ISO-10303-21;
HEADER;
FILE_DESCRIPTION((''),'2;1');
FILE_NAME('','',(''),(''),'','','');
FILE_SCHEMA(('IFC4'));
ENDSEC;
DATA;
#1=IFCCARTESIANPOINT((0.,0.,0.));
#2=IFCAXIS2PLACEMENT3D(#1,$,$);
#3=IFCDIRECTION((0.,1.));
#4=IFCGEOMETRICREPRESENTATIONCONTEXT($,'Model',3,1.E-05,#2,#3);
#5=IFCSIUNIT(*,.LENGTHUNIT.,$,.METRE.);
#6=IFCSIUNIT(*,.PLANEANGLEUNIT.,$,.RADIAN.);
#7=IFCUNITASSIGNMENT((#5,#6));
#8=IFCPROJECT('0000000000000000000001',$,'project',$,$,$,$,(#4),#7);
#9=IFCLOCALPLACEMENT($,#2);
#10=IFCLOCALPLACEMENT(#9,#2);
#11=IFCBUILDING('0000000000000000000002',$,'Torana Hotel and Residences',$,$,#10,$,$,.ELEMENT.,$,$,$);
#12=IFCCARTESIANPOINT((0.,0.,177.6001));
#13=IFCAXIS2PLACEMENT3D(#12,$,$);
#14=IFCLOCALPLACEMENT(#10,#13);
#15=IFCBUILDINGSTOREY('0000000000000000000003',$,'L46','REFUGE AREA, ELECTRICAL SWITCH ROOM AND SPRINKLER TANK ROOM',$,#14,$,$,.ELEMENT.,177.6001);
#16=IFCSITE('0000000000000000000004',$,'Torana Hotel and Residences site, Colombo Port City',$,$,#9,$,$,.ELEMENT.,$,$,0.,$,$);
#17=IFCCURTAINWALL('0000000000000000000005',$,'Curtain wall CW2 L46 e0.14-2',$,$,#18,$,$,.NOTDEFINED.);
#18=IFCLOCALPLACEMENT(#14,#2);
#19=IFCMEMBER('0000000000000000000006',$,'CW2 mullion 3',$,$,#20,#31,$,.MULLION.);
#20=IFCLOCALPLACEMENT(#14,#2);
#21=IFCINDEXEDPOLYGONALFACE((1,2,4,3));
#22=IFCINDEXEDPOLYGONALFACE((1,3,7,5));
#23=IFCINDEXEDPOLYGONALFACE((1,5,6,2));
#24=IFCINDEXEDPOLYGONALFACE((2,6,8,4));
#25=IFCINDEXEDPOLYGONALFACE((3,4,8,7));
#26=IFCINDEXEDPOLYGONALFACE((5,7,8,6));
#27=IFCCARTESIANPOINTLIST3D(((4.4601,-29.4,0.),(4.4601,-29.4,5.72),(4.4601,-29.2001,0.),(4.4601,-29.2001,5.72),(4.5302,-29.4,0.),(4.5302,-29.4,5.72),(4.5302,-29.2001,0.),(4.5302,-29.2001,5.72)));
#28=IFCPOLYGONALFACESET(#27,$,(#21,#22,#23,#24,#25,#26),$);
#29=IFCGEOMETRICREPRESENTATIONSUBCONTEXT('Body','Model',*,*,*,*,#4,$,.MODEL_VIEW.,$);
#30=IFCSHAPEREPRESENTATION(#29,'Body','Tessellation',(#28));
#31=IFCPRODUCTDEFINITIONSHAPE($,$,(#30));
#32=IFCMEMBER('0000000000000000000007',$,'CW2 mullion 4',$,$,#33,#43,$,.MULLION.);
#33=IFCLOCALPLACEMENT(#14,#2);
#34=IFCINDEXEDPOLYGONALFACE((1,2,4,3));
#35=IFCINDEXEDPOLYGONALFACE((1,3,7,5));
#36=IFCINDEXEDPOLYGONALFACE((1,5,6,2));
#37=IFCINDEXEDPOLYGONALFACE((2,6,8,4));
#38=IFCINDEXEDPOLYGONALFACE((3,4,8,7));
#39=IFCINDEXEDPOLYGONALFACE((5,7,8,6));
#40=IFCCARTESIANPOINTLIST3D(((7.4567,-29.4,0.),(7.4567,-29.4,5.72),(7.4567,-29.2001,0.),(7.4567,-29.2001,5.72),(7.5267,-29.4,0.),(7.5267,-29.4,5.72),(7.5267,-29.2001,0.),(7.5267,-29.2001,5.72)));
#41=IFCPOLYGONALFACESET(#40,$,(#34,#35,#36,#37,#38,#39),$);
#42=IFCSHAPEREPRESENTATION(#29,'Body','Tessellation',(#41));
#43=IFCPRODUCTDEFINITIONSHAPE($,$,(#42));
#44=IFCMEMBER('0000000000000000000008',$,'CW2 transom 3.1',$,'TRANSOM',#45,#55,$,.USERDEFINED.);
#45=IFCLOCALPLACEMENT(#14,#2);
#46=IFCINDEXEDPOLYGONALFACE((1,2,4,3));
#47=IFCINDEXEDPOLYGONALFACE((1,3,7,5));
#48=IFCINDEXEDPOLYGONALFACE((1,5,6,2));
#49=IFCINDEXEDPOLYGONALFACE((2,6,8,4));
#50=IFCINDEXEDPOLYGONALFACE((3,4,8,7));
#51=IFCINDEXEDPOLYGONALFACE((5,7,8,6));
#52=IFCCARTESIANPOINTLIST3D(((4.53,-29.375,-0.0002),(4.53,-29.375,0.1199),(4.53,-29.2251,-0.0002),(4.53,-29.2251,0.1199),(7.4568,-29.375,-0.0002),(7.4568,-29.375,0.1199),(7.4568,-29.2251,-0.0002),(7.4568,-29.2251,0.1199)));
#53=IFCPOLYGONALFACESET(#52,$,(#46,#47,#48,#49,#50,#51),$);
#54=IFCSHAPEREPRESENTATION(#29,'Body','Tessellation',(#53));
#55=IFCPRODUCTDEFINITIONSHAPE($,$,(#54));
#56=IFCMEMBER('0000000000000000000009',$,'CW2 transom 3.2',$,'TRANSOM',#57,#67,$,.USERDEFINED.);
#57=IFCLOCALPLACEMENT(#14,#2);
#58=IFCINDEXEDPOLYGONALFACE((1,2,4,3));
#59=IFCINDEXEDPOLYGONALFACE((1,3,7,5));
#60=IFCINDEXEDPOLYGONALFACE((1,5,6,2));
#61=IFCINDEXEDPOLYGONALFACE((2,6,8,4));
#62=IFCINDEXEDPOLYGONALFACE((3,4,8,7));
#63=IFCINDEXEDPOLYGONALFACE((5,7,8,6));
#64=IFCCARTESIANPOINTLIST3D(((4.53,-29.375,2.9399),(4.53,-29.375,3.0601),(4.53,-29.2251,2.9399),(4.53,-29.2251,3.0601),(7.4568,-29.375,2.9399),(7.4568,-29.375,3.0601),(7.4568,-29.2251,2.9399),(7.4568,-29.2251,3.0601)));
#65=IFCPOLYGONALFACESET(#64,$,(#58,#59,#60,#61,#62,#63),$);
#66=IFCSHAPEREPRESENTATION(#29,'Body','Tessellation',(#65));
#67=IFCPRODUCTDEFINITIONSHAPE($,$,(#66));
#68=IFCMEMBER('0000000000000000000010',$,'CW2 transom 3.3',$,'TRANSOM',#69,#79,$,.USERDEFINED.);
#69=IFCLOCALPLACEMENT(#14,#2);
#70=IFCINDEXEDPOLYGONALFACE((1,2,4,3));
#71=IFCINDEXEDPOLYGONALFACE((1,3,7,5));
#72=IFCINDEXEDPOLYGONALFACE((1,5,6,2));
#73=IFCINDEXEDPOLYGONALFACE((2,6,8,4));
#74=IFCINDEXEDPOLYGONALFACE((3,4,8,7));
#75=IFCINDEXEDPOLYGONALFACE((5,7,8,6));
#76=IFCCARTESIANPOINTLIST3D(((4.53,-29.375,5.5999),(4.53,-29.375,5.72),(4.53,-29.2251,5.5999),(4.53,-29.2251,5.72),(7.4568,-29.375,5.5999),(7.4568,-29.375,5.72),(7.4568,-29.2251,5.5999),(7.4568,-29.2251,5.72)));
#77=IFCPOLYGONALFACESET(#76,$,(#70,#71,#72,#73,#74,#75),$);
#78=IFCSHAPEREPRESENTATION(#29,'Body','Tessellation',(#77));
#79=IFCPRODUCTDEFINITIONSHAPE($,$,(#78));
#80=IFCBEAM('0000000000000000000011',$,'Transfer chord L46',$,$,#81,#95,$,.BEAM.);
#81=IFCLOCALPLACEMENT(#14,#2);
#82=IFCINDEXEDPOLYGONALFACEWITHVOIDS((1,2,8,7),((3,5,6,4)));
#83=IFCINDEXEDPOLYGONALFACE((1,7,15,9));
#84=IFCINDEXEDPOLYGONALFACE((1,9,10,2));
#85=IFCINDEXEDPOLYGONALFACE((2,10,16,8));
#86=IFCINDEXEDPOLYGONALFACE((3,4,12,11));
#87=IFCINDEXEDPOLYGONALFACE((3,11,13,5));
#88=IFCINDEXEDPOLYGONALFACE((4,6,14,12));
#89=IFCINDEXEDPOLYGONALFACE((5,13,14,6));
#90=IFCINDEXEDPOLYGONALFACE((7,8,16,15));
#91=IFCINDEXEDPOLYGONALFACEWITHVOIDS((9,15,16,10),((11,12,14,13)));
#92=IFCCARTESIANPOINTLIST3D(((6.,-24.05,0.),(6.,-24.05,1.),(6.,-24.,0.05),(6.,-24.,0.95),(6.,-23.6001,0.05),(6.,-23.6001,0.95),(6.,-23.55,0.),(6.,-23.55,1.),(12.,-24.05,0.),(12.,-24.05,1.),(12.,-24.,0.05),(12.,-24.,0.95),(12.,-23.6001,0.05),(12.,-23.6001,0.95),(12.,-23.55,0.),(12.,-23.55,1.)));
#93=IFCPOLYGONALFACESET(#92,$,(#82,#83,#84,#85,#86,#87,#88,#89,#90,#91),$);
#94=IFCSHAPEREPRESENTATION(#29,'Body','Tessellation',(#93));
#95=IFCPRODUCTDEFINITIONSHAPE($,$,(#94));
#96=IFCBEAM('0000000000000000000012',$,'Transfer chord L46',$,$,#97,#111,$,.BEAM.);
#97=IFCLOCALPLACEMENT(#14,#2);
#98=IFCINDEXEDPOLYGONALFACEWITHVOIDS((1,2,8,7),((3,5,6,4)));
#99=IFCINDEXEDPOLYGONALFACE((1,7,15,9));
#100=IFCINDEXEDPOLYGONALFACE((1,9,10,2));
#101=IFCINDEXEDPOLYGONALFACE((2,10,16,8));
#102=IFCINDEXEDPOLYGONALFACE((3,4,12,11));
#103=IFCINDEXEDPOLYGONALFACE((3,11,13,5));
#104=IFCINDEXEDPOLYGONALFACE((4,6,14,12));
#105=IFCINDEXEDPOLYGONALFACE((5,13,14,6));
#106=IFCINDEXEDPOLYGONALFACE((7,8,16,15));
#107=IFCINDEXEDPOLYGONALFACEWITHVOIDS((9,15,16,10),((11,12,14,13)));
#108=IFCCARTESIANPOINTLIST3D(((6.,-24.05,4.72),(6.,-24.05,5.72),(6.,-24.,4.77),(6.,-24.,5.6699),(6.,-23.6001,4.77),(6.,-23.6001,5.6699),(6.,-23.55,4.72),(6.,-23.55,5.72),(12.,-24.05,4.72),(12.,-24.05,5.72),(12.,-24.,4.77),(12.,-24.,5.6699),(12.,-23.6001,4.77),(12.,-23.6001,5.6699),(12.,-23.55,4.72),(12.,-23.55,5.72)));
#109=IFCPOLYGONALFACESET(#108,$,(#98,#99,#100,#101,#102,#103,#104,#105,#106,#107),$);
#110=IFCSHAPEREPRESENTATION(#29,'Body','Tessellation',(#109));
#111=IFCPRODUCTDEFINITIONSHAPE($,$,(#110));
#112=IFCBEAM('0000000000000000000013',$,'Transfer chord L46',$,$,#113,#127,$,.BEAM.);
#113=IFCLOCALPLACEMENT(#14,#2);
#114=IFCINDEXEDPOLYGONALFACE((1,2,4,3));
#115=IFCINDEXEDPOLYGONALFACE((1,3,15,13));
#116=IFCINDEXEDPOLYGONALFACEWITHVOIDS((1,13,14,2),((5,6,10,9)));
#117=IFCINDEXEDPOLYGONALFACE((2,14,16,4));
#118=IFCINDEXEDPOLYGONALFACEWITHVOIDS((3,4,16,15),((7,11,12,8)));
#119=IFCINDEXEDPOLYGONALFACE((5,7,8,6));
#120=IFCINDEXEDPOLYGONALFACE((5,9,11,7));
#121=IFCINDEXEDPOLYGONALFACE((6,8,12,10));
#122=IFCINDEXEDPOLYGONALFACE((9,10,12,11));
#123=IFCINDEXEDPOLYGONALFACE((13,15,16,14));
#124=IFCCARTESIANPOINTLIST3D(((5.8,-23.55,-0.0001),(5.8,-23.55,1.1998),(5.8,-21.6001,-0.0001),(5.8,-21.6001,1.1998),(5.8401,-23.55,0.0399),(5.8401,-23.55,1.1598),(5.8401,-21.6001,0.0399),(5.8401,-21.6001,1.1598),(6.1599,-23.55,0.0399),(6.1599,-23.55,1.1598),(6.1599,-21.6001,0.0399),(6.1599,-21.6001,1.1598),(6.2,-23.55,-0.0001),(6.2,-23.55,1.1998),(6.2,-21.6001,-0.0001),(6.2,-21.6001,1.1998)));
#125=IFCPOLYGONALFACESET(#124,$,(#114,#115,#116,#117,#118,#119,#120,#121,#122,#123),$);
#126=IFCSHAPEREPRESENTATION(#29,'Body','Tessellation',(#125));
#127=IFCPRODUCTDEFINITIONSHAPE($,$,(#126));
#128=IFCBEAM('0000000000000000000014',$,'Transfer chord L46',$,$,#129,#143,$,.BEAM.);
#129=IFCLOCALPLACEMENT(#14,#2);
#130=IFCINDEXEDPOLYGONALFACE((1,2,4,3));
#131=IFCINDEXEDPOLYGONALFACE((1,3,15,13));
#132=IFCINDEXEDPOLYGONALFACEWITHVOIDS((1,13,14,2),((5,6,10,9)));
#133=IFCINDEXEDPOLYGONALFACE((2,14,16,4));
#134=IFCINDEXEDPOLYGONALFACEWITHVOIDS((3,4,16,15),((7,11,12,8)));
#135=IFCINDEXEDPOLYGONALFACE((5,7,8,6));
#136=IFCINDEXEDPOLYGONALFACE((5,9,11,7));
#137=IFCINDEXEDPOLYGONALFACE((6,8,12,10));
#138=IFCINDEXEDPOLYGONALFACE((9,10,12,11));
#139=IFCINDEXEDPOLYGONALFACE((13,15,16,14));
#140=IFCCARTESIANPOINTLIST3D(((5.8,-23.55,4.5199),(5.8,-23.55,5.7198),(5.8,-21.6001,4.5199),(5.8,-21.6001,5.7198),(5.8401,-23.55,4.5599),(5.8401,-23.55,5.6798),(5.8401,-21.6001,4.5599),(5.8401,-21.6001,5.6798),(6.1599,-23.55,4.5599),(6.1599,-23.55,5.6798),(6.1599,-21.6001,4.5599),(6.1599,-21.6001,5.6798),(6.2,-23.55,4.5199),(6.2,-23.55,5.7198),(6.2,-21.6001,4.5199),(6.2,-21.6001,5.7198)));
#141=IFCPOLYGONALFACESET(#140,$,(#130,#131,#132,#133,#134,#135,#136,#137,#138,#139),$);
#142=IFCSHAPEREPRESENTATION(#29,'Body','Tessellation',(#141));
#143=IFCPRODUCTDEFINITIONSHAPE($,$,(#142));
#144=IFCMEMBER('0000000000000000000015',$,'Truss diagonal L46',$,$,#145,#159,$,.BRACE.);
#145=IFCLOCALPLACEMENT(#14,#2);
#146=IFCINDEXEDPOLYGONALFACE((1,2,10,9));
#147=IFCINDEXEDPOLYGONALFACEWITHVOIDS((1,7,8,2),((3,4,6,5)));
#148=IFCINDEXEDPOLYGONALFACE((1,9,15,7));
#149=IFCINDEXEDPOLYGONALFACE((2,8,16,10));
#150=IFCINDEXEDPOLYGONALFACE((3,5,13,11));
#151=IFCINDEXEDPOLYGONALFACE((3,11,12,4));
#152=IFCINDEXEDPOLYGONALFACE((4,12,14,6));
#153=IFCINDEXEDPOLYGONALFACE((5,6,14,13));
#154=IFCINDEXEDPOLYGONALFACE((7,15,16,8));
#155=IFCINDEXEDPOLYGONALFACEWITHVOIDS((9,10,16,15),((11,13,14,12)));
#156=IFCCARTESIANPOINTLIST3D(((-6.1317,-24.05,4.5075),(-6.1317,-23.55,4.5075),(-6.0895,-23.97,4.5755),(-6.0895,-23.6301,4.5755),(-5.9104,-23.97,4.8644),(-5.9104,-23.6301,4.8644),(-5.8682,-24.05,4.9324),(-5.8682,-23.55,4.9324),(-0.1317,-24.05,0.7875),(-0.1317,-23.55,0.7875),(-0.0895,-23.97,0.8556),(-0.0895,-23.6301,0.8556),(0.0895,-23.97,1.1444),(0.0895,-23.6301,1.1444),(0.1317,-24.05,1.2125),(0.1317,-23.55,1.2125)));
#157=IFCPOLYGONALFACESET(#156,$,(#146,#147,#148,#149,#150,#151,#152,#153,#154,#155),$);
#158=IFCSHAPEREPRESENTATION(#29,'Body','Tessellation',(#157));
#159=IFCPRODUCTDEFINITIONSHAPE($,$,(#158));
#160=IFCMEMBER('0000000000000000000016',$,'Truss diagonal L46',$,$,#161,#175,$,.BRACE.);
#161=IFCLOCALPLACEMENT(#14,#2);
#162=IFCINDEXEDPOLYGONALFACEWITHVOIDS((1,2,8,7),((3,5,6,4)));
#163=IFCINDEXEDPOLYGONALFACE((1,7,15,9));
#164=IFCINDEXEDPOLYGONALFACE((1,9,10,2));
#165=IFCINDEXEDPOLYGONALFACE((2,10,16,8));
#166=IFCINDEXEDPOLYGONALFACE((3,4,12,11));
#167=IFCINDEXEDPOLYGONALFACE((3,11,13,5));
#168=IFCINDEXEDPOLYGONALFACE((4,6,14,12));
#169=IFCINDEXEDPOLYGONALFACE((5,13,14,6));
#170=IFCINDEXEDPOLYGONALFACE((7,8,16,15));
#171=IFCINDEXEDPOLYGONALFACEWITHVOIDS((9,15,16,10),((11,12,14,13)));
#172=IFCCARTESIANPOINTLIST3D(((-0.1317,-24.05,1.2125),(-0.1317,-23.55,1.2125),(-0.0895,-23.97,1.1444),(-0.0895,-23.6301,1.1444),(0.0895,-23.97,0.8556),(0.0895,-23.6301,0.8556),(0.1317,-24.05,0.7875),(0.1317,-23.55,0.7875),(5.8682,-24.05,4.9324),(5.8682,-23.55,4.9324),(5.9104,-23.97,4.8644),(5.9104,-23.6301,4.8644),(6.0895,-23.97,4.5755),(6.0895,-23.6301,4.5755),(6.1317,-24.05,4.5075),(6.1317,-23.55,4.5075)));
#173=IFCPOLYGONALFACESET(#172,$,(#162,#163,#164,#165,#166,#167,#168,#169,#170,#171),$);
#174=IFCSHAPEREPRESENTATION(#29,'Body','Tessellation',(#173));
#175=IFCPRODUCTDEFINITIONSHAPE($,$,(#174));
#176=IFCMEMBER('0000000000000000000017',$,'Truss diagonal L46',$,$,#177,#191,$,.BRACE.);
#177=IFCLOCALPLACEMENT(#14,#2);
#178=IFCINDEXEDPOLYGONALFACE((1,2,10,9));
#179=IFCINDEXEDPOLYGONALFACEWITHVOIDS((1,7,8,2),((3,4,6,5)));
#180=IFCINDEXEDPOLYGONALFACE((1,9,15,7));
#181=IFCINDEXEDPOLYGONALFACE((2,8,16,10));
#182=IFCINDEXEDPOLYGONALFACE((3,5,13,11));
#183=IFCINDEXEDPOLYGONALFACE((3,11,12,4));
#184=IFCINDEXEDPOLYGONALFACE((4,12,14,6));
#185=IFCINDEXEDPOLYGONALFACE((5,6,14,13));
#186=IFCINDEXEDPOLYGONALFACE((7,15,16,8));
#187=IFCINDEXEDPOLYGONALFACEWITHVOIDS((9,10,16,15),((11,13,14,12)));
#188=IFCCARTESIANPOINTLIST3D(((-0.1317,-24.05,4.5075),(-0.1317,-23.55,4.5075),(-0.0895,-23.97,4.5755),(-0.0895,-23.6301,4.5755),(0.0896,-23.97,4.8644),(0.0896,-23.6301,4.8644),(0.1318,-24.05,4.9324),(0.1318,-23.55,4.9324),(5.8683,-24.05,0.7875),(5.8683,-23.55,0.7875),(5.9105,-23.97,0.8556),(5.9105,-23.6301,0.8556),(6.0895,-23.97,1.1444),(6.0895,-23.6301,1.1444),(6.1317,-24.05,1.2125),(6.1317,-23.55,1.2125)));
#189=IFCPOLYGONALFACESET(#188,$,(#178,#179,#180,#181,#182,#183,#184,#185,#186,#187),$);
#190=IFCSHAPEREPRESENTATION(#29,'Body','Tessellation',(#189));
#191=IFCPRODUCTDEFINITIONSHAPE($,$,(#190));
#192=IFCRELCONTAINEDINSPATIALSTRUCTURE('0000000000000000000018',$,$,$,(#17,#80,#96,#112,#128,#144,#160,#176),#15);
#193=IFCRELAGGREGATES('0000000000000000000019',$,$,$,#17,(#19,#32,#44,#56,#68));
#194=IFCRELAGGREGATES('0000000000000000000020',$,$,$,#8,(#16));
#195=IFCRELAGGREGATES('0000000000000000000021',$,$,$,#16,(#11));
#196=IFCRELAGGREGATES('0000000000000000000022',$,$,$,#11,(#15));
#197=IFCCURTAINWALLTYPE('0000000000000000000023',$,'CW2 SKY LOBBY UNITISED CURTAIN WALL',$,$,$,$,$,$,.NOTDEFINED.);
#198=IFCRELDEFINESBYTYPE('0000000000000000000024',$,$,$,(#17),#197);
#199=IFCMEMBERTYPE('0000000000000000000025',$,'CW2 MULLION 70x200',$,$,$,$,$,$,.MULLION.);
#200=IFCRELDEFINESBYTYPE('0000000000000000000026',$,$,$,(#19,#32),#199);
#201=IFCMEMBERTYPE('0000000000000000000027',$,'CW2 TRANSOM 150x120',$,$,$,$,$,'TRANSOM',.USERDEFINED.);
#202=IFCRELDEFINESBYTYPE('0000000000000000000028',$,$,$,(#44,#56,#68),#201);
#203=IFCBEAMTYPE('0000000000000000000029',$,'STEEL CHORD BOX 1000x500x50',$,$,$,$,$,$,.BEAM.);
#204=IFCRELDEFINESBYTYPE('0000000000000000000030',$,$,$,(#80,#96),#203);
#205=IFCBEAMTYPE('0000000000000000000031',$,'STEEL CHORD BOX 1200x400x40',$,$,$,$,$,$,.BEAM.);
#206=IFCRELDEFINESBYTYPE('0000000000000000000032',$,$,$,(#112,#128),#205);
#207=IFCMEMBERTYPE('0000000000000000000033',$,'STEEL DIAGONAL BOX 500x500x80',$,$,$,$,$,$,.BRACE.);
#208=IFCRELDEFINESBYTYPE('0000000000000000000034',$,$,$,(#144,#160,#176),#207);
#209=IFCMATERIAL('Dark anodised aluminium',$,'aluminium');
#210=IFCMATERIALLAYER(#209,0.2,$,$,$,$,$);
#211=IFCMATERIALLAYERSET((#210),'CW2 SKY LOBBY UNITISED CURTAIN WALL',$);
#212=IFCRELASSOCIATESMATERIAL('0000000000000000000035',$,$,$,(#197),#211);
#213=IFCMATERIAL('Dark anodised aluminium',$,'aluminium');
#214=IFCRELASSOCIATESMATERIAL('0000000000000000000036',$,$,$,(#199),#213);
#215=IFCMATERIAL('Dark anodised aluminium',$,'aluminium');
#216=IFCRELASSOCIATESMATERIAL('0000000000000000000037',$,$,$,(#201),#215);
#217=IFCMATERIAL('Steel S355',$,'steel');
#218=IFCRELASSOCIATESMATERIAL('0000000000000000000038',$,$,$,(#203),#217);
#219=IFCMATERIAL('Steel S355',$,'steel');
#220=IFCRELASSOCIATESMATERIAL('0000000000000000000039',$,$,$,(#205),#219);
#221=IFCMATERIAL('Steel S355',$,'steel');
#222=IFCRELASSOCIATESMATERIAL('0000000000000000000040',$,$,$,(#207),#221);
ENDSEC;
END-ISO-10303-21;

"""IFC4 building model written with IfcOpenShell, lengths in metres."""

from ifc_helpers import new_model, si_unit, direction, frame, origin, origin_2d, place, context, subcontext, project, spatial, rectangle, hollow_rectangle, extrude, material, layer, layer_set, material_profile, profile_set, type_object, element, aggregate, save


model = new_model("IFC4")

# Units and contexts
model_context = context("Model", 3, precision=1e-05, world=origin(), true_north=direction((0.0, 1.0)))
body_context = subcontext(model_context, "Body", "Model", "MODEL_VIEW")
ifc_project = project(units=[si_unit("LENGTHUNIT", "METRE"), si_unit("PLANEANGLEUNIT", "RADIAN")], contexts=[model_context])

# Site, building, storey
site_placement = place(None, origin())
site = spatial("IfcSite", under=ifc_project, at=site_placement, Name="Torana Hotel and Residences site, Colombo Port City", CompositionType="ELEMENT", RefElevation=0.0)
building_placement = place(site_placement, origin())
building = spatial("IfcBuilding", under=site, at=building_placement, Name="Torana Hotel and Residences", CompositionType="ELEMENT")
storey_placement = place(building_placement, frame((0.0, 0.0, 177.6001)))
storey = spatial("IfcBuildingStorey", under=building, at=storey_placement, Name="L46", Description="REFUGE AREA, ELECTRICAL SWITCH ROOM AND SPRINKLER TANK ROOM", CompositionType="ELEMENT", Elevation=177.6001)

# Curtain wall, members
ifc_material_1 = material(Name="Dark anodised aluminium", Category="aluminium")
ifc_layer_1 = layer(ifc_material_1, 0.2)
ifc_layer_set_1 = layer_set([ifc_layer_1], Name="CW2 SKY LOBBY UNITISED CURTAIN WALL")
curtain_wall_type = type_object("IfcCurtainWallType", Name="CW2 SKY LOBBY UNITISED CURTAIN WALL", PredefinedType="NOTDEFINED", material=ifc_layer_set_1)
curtain_wall_placement = place(storey_placement, origin())
curtain_wall = element("IfcCurtainWall", 1, at=curtain_wall_placement, inside=storey, type_object=curtain_wall_type, Name="Curtain wall CW2 L46 e0.14-2", PredefinedType="NOTDEFINED")
ifc_material_2 = material(Name="Dark anodised aluminium", Category="aluminium")
ifc_material_profile_1 = material_profile(ifc_material_2, rectangle(XDim=0.2, YDim=0.0701, at=origin_2d()), Name="CW2 MULLION 70x200")
ifc_profile_set_1 = profile_set([ifc_material_profile_1], Name="Dark anodised aluminium")
member_type_1 = type_object("IfcMemberType", Name="CW2 MULLION 70x200", PredefinedType="MULLION", material=ifc_profile_set_1)
member_1_placement = place(storey_placement, frame((4.4951, -29.3, 0.0), z_axis=(0.0, 0.0, 1.0), x_axis=(0.0, 1.0, 0.0)))
member_1 = element("IfcMember", 2, at=member_1_placement, type_object=member_type_1, Name="CW2 mullion 3", PredefinedType="MULLION", context=body_context, shape_type="SweptSolid", body=[
    extrude(rectangle(XDim=0.2, YDim=0.0701, at=origin_2d()), origin(), (0.0, 0.0, 1.0), 5.72),
])
member_2_placement = place(storey_placement, frame((7.4917, -29.3, 0.0), z_axis=(0.0, 0.0, 1.0), x_axis=(0.0, 1.0, 0.0)))
member_2 = element("IfcMember", 3, at=member_2_placement, type_object=member_type_1, Name="CW2 mullion 4", PredefinedType="MULLION", context=body_context, shape_type="SweptSolid", body=[
    extrude(rectangle(XDim=0.2, YDim=0.0701, at=origin_2d()), origin(), (0.0, 0.0, 1.0), 5.72),
])
ifc_material_3 = material(Name="Dark anodised aluminium", Category="aluminium")
ifc_material_profile_2 = material_profile(ifc_material_3, rectangle(XDim=0.1499, YDim=0.1201, at=origin_2d()), Name="CW2 TRANSOM 150x120")
ifc_profile_set_2 = profile_set([ifc_material_profile_2], Name="Dark anodised aluminium")
member_type_2 = type_object("IfcMemberType", Name="CW2 TRANSOM 150x120", ElementType="TRANSOM", PredefinedType="USERDEFINED", material=ifc_profile_set_2)
member_3_placement = place(storey_placement, frame((4.53, -29.3, 0.0598), z_axis=(1.0, 0.0, 0.0), x_axis=(0.0, 1.0, 0.0)))
member_3 = element("IfcMember", 4, at=member_3_placement, type_object=member_type_2, Name="CW2 transom 3.1", ObjectType="TRANSOM", PredefinedType="USERDEFINED", context=body_context, shape_type="SweptSolid", body=[
    extrude(rectangle(XDim=0.1499, YDim=0.1201, at=origin_2d()), origin(), (0.0, 0.0, 1.0), 2.9268),
])
member_4_placement = place(storey_placement, frame((4.53, -29.3, 3.0), z_axis=(1.0, 0.0, 0.0), x_axis=(0.0, 1.0, 0.0)))
member_4 = element("IfcMember", 5, at=member_4_placement, type_object=member_type_2, Name="CW2 transom 3.2", ObjectType="TRANSOM", PredefinedType="USERDEFINED", context=body_context, shape_type="SweptSolid", body=[
    extrude(rectangle(XDim=0.1499, YDim=0.1201, at=origin_2d()), origin(), (0.0, 0.0, 1.0), 2.9268),
])
member_5_placement = place(storey_placement, frame((4.53, -29.3, 5.6599), z_axis=(1.0, 0.0, 0.0), x_axis=(0.0, 1.0, 0.0)))
member_5 = element("IfcMember", 6, at=member_5_placement, type_object=member_type_2, Name="CW2 transom 3.3", ObjectType="TRANSOM", PredefinedType="USERDEFINED", context=body_context, shape_type="SweptSolid", body=[
    extrude(rectangle(XDim=0.1499, YDim=0.1201, at=origin_2d()), origin(), (0.0, 0.0, 1.0), 2.9268),
])

# Beams
ifc_material_4 = material(Name="Steel S355", Category="steel")
ifc_material_profile_3 = material_profile(ifc_material_4, hollow_rectangle(XDim=0.5, YDim=1.0, WallThickness=0.05, at=origin_2d()), Name="BOX 1000x500x50")
ifc_profile_set_3 = profile_set([ifc_material_profile_3], Name="Steel S355")
beam_type_1 = type_object("IfcBeamType", Name="STEEL CHORD BOX 1000x500x50", PredefinedType="BEAM", material=ifc_profile_set_3)
for number, where, z_axis, x_axis, name in (
    (7, (6.0, -23.8, 0.5), (1.0, 0.0, 0.0), (0.0, 1.0, 0.0), "Transfer chord L46"),
    (8, (6.0, -23.8, 5.22), (1.0, 0.0, 0.0), (0.0, 1.0, 0.0), "Transfer chord L46"),
):
    element("IfcBeam", number, at=place(storey_placement, frame(where, z_axis=z_axis, x_axis=x_axis)), inside=storey, type_object=beam_type_1, Name=name, PredefinedType="BEAM", context=body_context, shape_type="SweptSolid", body=[
        extrude(hollow_rectangle(XDim=0.5, YDim=1.0, WallThickness=0.05, at=origin_2d()), origin(), (0.0, 0.0, 1.0), 6.0),
    ])
ifc_material_5 = material(Name="Steel S355", Category="steel")
ifc_material_profile_4 = material_profile(ifc_material_5, hollow_rectangle(XDim=0.3999, YDim=1.2, WallThickness=0.04, at=origin_2d()), Name="BOX 1200x400x40")
ifc_profile_set_4 = profile_set([ifc_material_profile_4], Name="Steel S355")
beam_type_2 = type_object("IfcBeamType", Name="STEEL CHORD BOX 1200x400x40", PredefinedType="BEAM", material=ifc_profile_set_4)
for number, where, z_axis, x_axis, name in (
    (9, (6.0, -23.55, 0.5999), (0.0, 1.0, 0.0), (-1.0, 0.0, 0.0), "Transfer chord L46"),
    (10, (6.0, -23.55, 5.1199), (0.0, 1.0, 0.0), (-1.0, 0.0, 0.0), "Transfer chord L46"),
):
    element("IfcBeam", number, at=place(storey_placement, frame(where, z_axis=z_axis, x_axis=x_axis)), inside=storey, type_object=beam_type_2, Name=name, PredefinedType="BEAM", context=body_context, shape_type="SweptSolid", body=[
        extrude(hollow_rectangle(XDim=0.3999, YDim=1.2, WallThickness=0.04, at=origin_2d()), origin(), (0.0, 0.0, 1.0), 1.95),
    ])

# Members
ifc_material_6 = material(Name="Steel S355", Category="steel")
ifc_material_profile_5 = material_profile(ifc_material_6, hollow_rectangle(XDim=0.5, YDim=0.5, WallThickness=0.0801, at=origin_2d()), Name="BOX 500x500x80")
ifc_profile_set_5 = profile_set([ifc_material_profile_5], Name="Steel S355")
member_type_3 = type_object("IfcMemberType", Name="STEEL DIAGONAL BOX 500x500x80", PredefinedType="BRACE", material=ifc_profile_set_5)
for number, where, z_axis, x_axis, name in (
    (11, (0.0, -23.8, 1.0), (-0.849905, 0.0, 0.526937), (0.0, -1.0, 0.0), "Truss diagonal L46"),
    (12, (0.0, -23.8, 1.0), (0.849905, 0.0, 0.526937), (0.0, 1.0, 0.0), "Truss diagonal L46"),
    (13, (6.0, -23.8, 1.0), (-0.849905, 0.0, 0.526937), (0.0, -1.0, 0.0), "Truss diagonal L46"),
):
    element("IfcMember", number, at=place(storey_placement, frame(where, z_axis=z_axis, x_axis=x_axis)), inside=storey, type_object=member_type_3, Name=name, PredefinedType="BRACE", context=body_context, shape_type="SweptSolid", body=[
        extrude(hollow_rectangle(XDim=0.5, YDim=0.5, WallThickness=0.0801, at=origin_2d()), origin(), (0.0, 0.0, 1.0), 7.0596),
    ])

aggregate(curtain_wall, [member_1, member_2, member_3, member_4, member_5])

save(model, "model.ifc")
